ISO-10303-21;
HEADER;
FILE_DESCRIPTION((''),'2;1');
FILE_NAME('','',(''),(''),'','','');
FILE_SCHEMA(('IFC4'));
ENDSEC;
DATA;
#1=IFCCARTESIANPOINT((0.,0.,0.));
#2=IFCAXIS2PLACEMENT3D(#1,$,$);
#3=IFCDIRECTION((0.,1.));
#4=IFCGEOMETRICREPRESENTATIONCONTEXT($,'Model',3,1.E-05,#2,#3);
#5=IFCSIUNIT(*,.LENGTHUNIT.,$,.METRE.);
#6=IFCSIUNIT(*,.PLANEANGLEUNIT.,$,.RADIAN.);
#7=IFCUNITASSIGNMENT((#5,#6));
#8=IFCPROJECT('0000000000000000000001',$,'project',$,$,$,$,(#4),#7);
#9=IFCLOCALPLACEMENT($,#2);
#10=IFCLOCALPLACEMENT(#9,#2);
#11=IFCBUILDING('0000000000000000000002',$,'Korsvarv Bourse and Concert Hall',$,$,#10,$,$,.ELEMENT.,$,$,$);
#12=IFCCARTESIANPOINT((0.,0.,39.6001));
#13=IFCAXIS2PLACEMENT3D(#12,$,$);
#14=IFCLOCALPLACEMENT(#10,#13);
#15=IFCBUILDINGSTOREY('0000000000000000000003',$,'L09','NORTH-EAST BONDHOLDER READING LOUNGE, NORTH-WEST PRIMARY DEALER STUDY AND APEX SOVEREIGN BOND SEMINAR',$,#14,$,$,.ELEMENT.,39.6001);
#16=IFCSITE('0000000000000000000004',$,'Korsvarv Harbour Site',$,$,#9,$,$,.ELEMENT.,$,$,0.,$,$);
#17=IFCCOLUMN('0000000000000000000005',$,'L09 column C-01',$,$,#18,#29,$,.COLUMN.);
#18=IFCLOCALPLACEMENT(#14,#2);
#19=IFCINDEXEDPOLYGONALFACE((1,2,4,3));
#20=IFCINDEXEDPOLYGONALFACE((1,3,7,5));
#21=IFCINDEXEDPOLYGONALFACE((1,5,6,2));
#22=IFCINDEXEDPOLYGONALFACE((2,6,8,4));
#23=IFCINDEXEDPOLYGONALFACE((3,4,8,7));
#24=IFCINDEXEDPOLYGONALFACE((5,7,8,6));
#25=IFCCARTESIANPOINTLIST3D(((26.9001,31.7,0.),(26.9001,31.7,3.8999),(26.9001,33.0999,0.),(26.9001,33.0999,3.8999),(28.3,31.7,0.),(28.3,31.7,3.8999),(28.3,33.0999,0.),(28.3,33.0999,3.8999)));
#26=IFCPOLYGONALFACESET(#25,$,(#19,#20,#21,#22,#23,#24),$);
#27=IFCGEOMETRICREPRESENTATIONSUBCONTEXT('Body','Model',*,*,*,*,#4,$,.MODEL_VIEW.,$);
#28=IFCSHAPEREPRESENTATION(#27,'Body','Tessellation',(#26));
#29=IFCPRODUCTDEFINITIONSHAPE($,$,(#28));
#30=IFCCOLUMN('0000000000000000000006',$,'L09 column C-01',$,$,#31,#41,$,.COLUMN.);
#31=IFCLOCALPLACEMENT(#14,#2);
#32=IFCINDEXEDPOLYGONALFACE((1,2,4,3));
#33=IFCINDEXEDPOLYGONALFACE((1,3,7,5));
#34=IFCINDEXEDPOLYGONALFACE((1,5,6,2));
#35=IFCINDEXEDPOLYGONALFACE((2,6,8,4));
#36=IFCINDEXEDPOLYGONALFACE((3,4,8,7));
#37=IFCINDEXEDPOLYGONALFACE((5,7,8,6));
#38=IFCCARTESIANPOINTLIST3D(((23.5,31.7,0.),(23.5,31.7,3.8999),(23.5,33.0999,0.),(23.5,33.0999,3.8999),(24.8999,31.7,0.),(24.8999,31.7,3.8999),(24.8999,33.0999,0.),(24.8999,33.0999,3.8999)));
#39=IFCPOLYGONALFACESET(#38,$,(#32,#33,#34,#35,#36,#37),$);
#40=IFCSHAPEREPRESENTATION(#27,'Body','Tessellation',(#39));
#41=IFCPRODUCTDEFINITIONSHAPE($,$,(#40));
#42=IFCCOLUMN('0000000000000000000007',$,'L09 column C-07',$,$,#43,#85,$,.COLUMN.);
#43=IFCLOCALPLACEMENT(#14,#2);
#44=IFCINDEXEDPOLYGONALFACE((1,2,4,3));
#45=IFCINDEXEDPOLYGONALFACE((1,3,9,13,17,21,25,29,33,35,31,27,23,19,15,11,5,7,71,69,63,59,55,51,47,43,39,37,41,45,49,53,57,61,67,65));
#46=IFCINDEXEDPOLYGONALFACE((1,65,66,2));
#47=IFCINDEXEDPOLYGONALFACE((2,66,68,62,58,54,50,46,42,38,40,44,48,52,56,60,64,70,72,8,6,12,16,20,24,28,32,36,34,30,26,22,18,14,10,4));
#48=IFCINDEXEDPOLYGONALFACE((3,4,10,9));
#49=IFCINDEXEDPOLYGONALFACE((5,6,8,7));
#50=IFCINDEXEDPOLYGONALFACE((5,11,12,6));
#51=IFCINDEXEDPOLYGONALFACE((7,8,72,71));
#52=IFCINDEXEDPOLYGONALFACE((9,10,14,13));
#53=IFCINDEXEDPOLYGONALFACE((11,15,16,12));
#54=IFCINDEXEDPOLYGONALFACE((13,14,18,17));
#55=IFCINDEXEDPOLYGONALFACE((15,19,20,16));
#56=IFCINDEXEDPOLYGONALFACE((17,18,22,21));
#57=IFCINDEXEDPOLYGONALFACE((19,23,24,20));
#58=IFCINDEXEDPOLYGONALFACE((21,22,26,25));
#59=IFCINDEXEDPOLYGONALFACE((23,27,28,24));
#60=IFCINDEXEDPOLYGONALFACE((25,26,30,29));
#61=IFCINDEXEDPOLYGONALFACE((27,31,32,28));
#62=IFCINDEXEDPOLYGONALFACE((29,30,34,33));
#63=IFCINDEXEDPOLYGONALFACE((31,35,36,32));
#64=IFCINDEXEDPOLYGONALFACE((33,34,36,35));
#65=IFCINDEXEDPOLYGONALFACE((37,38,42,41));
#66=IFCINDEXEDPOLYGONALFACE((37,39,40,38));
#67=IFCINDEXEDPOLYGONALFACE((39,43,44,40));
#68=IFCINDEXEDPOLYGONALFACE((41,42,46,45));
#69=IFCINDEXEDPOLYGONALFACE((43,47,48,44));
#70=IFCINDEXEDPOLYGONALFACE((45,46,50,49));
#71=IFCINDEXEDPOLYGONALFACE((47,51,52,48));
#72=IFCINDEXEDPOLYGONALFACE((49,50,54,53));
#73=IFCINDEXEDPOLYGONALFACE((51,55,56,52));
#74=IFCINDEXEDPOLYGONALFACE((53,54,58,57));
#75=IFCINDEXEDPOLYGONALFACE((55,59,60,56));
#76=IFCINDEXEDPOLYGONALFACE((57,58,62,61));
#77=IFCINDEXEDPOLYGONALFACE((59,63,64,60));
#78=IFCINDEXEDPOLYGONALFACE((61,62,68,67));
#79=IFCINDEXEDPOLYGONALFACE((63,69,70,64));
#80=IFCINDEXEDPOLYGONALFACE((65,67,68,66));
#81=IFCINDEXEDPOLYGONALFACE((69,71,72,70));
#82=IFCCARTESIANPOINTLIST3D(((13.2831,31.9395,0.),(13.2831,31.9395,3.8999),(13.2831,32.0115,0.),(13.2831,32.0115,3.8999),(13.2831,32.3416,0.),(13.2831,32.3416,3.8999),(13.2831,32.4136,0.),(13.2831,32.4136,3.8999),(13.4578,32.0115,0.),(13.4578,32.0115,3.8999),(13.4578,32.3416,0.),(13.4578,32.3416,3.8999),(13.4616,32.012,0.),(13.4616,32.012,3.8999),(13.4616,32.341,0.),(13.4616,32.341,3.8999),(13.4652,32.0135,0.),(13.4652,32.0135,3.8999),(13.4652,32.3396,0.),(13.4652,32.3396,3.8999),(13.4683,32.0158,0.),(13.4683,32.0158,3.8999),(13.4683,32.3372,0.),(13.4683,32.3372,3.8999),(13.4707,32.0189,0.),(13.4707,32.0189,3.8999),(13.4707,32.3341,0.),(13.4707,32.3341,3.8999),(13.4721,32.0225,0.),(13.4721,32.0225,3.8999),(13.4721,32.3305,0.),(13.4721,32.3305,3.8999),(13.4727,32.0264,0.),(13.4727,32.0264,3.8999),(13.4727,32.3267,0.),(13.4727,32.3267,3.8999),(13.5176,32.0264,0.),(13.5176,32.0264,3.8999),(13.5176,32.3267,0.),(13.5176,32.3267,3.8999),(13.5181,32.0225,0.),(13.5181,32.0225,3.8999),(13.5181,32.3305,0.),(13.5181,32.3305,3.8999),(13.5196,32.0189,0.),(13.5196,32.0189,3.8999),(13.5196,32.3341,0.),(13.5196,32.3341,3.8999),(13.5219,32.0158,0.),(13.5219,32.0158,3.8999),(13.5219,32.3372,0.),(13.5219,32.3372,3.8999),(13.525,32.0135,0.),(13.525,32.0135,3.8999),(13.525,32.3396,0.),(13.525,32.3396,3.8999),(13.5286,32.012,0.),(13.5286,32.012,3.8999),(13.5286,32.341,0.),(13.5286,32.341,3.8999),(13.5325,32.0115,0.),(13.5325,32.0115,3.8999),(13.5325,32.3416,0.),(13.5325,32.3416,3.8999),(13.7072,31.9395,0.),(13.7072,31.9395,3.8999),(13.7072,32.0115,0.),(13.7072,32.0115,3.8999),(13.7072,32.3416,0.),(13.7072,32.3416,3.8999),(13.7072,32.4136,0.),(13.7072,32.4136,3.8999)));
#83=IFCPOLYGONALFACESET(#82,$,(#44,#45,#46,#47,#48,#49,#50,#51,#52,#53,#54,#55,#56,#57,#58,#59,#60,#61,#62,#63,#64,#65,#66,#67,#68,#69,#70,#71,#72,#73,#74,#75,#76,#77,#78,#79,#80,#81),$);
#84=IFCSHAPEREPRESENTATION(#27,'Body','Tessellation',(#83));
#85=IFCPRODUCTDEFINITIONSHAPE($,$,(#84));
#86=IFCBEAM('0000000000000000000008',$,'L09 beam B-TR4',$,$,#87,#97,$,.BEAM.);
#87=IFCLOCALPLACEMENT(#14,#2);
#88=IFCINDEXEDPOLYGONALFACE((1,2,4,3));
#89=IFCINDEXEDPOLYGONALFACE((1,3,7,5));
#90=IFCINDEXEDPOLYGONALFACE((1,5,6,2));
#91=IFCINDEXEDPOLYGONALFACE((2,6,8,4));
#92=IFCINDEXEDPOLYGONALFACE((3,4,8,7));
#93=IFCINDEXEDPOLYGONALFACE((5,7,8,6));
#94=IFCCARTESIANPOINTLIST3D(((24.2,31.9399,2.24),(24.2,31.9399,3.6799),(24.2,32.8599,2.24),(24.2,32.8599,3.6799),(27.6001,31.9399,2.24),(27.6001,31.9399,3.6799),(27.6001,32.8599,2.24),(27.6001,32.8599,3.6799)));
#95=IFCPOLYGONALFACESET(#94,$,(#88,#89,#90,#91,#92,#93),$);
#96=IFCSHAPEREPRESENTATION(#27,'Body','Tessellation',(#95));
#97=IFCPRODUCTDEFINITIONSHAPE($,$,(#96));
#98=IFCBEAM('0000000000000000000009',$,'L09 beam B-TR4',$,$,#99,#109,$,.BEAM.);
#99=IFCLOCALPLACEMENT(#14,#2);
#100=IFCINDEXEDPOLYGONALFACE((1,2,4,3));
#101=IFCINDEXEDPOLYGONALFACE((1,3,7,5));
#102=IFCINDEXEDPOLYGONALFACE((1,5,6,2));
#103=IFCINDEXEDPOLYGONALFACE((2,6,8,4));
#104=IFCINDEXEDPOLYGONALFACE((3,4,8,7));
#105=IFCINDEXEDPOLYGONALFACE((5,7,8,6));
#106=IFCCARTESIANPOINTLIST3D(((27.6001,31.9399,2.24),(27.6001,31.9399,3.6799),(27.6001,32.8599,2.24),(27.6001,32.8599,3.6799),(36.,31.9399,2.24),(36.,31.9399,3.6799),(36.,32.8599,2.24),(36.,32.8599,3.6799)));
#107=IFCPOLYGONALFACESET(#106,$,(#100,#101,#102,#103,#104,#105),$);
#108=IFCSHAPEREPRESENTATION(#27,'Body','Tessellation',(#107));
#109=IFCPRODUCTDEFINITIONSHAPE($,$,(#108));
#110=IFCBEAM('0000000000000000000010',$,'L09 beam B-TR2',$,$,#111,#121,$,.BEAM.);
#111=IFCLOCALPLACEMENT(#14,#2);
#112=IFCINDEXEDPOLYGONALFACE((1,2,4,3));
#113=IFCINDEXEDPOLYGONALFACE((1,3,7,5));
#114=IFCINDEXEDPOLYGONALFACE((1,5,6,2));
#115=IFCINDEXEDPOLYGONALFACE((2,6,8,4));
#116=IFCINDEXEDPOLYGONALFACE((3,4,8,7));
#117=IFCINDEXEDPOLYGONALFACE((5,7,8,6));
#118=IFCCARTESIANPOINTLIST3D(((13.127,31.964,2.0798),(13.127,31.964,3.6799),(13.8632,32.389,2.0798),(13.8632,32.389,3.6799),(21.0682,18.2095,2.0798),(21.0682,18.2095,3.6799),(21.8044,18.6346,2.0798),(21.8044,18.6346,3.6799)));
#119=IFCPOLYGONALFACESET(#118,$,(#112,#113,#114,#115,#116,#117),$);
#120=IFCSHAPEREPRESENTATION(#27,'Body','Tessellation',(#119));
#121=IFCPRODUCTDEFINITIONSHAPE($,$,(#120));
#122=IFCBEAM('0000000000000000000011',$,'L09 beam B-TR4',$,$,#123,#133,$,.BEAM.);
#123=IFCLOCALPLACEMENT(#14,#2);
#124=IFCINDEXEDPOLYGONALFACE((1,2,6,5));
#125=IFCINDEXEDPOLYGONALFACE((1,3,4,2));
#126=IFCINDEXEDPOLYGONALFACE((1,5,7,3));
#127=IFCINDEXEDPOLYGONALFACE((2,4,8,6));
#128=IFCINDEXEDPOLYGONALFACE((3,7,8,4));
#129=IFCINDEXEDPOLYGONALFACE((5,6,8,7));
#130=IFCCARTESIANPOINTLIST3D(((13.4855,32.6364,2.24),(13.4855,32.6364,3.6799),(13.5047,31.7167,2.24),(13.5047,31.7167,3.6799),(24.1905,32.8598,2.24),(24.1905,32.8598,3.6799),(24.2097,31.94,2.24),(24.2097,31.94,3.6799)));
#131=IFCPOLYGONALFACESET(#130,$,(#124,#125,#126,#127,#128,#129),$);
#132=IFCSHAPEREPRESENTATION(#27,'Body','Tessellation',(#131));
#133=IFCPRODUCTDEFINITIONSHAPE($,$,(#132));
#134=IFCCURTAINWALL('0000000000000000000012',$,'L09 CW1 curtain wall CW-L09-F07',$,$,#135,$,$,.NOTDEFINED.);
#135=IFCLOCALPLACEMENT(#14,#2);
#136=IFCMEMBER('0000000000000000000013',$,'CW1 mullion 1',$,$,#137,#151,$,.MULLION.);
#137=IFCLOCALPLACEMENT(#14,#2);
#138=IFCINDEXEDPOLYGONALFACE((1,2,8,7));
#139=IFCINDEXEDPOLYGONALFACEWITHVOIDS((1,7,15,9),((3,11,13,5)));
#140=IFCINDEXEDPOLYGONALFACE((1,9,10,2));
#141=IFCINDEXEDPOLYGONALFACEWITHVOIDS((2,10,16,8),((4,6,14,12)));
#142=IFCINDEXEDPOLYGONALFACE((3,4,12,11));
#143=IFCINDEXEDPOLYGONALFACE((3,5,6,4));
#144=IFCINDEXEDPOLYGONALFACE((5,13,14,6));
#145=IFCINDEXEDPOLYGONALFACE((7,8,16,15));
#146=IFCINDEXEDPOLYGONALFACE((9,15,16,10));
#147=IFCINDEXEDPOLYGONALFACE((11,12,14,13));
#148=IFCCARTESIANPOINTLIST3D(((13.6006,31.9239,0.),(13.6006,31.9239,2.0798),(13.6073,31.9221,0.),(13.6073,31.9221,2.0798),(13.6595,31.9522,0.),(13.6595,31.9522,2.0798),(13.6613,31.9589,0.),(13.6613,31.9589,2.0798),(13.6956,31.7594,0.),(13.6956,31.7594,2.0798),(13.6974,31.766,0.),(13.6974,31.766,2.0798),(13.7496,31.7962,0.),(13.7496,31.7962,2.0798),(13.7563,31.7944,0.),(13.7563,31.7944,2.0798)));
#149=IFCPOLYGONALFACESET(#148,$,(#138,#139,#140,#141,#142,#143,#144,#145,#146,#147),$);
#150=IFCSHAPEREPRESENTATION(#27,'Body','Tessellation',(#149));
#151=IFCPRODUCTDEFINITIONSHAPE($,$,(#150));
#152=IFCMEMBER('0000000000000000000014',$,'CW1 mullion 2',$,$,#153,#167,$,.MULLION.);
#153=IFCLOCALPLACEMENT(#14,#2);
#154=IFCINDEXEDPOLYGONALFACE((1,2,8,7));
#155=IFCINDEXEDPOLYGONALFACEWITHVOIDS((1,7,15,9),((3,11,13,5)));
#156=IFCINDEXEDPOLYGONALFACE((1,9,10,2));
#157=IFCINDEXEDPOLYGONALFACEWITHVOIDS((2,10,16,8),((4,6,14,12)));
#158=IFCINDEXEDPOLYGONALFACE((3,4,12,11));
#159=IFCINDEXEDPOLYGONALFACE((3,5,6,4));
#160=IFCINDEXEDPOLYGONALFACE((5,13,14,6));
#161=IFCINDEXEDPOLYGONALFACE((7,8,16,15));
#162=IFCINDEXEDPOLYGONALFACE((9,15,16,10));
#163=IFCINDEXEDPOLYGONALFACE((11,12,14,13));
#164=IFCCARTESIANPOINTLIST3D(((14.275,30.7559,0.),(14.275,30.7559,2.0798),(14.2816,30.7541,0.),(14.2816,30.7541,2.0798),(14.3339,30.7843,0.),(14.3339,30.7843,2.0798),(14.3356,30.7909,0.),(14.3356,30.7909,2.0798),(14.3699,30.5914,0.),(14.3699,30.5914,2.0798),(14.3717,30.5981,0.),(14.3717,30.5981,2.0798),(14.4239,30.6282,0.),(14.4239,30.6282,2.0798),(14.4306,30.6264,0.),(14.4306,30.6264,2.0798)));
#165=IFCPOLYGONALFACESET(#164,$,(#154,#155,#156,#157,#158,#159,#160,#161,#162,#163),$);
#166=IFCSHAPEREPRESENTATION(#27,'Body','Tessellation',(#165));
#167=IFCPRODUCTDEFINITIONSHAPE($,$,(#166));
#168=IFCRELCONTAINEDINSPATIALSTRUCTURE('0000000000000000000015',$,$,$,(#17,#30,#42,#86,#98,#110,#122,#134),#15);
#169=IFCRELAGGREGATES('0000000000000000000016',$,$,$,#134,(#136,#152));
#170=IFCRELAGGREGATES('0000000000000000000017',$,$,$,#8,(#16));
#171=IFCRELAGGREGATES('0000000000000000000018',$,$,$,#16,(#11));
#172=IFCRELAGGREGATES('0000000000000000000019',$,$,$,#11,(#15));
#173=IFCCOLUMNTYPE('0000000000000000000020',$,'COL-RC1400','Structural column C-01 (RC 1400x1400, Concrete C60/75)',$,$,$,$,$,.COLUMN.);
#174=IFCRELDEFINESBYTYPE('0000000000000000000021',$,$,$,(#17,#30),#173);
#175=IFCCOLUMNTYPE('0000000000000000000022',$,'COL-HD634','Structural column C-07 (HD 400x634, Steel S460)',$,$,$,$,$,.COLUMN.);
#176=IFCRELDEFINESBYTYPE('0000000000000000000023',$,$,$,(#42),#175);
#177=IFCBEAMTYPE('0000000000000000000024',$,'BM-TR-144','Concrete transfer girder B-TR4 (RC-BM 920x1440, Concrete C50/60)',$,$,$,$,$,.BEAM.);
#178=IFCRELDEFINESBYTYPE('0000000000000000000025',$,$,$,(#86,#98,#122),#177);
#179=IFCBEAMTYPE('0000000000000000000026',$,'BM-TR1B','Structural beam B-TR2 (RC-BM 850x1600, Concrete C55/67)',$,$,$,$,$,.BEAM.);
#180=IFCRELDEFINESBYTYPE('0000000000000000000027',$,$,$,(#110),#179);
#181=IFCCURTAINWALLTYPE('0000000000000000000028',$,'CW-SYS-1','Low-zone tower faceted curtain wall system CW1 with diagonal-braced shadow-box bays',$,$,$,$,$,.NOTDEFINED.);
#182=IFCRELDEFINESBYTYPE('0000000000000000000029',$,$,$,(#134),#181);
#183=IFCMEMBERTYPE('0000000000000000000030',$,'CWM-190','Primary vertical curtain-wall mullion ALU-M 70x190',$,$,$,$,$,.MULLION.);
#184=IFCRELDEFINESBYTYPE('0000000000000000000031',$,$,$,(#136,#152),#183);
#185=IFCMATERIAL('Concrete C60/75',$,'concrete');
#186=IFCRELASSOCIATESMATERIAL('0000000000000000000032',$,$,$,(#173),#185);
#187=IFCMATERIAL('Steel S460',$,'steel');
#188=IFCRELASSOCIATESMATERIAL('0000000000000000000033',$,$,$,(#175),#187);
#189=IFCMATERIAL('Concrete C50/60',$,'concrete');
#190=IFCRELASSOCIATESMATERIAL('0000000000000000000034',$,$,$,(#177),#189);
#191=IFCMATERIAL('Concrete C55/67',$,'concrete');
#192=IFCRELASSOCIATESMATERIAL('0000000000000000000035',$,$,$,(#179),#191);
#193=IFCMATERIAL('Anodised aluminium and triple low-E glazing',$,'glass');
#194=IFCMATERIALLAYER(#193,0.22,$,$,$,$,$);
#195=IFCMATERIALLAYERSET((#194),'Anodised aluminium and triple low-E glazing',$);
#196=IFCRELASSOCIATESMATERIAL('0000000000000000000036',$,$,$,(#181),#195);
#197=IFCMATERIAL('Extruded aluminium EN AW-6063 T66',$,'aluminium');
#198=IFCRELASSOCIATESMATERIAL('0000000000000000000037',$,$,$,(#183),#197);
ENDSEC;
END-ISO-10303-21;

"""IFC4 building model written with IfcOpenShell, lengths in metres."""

from ifc_helpers import new_model, si_unit, direction, frame, origin, origin_2d, place, context, subcontext, project, spatial, rectangle, hollow_rectangle, i_section, extrude, source, transform, mapped, material, layer, layer_set, material_profile, profile_set, type_object, element, aggregate, save


model = new_model("IFC4")

# Units and contexts
model_context = context("Model", 3, precision=1e-05, world=origin(), true_north=direction((0.0, 1.0)))
body_context = subcontext(model_context, "Body", "Model", "MODEL_VIEW")
ifc_project = project(units=[si_unit("LENGTHUNIT", "METRE"), si_unit("PLANEANGLEUNIT", "RADIAN")], contexts=[model_context])

# Site, building, storey
site_placement = place(None, origin())
site = spatial("IfcSite", under=ifc_project, at=site_placement, Name="Korsvarv Harbour Site", CompositionType="ELEMENT", RefElevation=0.0)
building_placement = place(site_placement, origin())
building = spatial("IfcBuilding", under=site, at=building_placement, Name="Korsvarv Bourse and Concert Hall", CompositionType="ELEMENT")
storey_placement = place(building_placement, frame((0.0, 0.0, 39.6001)))
storey = spatial("IfcBuildingStorey", under=building, at=storey_placement, Name="L09", Description="NORTH-EAST BONDHOLDER READING LOUNGE, NORTH-WEST PRIMARY DEALER STUDY AND APEX SOVEREIGN BOND SEMINAR", CompositionType="ELEMENT", Elevation=39.6001)

# Columns
ifc_material_1 = material(Name="Concrete C60/75", Category="concrete")
ifc_material_profile_1 = material_profile(ifc_material_1, rectangle(XDim=1.3999, YDim=1.3999, at=origin_2d()), Name="RC 1400x1400")
ifc_profile_set_1 = profile_set([ifc_material_profile_1], Name="Concrete C60/75")
column_type_1 = type_object("IfcColumnType", Name="COL-RC1400", Description="Structural column C-01 (RC 1400x1400, Concrete C60/75)", PredefinedType="COLUMN", material=ifc_profile_set_1)
shared_shape_1 = source(origin(), body_context, "Body", "SweptSolid", [
    extrude(rectangle(XDim=1.3999, YDim=1.3999, at=origin_2d()), origin(), (0.0, 0.0, 1.0), 3.8999),
])
for number, where, z_axis, x_axis, name in (
    (1, (27.6001, 32.3999, 0.0), (0.0, 0.0, 1.0), (1.0, 0.0, 0.0), "L09 column C-01"),
    (2, (24.2, 32.3999, 0.0), (0.0, 0.0, 1.0), (1.0, 0.0, 0.0), "L09 column C-01"),
):
    element("IfcColumn", number, at=place(storey_placement, frame(where, z_axis=z_axis, x_axis=x_axis)), inside=storey, type_object=column_type_1, Name=name, PredefinedType="COLUMN", context=body_context, shape_type="MappedRepresentation", body=[
        mapped(shared_shape_1, transform((0.0, 0.0, 0.0), scale=1.0)),
    ])
ifc_material_2 = material(Name="Steel S460", Category="steel")
ifc_material_profile_2 = material_profile(ifc_material_2, i_section(OverallWidth=0.4241, OverallDepth=0.4741, WebThickness=0.0449, FlangeThickness=0.072, FilletRadius=0.0149, at=origin_2d()), Name="HD 400x634")
ifc_profile_set_2 = profile_set([ifc_material_profile_2], Name="Steel S460")
column_type_2 = type_object("IfcColumnType", Name="COL-HD634", Description="Structural column C-07 (HD 400x634, Steel S460)", PredefinedType="COLUMN", material=ifc_profile_set_2)
shared_shape_2 = source(origin(), body_context, "Body", "SweptSolid", [
    extrude(i_section(OverallWidth=0.4241, OverallDepth=0.4741, WebThickness=0.0449, FlangeThickness=0.072, FilletRadius=0.0149, at=origin_2d()), origin(), (0.0, 0.0, 1.0), 3.8999),
])
column_placement = place(storey_placement, frame((13.4951, 32.1765, 0.0), z_axis=(0.0, 0.0, 1.0), x_axis=(1.0, 0.0, 0.0)))
element("IfcColumn", 3, at=column_placement, inside=storey, type_object=column_type_2, Name="L09 column C-07", PredefinedType="COLUMN", context=body_context, shape_type="MappedRepresentation", body=[
    mapped(shared_shape_2, transform((0.0, 0.0, 0.0), scale=1.0)),
])

# Beams
ifc_material_3 = material(Name="Concrete C50/60", Category="concrete")
ifc_material_profile_3 = material_profile(ifc_material_3, rectangle(XDim=0.9199, YDim=1.4399, at=origin_2d()), Name="RC-BM 920x1440")
ifc_profile_set_3 = profile_set([ifc_material_profile_3], Name="Concrete C50/60")
beam_type_1 = type_object("IfcBeamType", Name="BM-TR-144", Description="Concrete transfer girder B-TR4 (RC-BM 920x1440, Concrete C50/60)", PredefinedType="BEAM", material=ifc_profile_set_3)
shared_shape_3 = source(origin(), body_context, "Body", "SweptSolid", [
    extrude(rectangle(XDim=0.9199, YDim=1.4399, at=origin_2d()), origin(), (0.0, 0.0, 1.0), 3.4001),
])
beam_1_placement = place(storey_placement, frame((24.2, 32.3999, 2.96), z_axis=(1.0, 0.0, 0.0), x_axis=(0.0, 1.0, 0.0)))
element("IfcBeam", 4, at=beam_1_placement, inside=storey, type_object=beam_type_1, Name="L09 beam B-TR4", PredefinedType="BEAM", context=body_context, shape_type="MappedRepresentation", body=[
    mapped(shared_shape_3, transform((0.0, 0.0, 0.0), scale=1.0)),
])
shared_shape_4 = source(origin(), body_context, "Body", "SweptSolid", [
    extrude(rectangle(XDim=0.9199, YDim=1.4399, at=origin_2d()), origin(), (0.0, 0.0, 1.0), 8.3999),
])
beam_2_placement = place(storey_placement, frame((27.6001, 32.3999, 2.96), z_axis=(1.0, 0.0, 0.0), x_axis=(0.0, 1.0, 0.0)))
element("IfcBeam", 5, at=beam_2_placement, inside=storey, type_object=beam_type_1, Name="L09 beam B-TR4", PredefinedType="BEAM", context=body_context, shape_type="MappedRepresentation", body=[
    mapped(shared_shape_4, transform((0.0, 0.0, 0.0), scale=1.0)),
])
ifc_material_4 = material(Name="Concrete C55/67", Category="concrete")
ifc_material_profile_4 = material_profile(ifc_material_4, rectangle(XDim=0.8501, YDim=1.6001, at=origin_2d()), Name="RC-BM 850x1600")
ifc_profile_set_4 = profile_set([ifc_material_profile_4], Name="Concrete C55/67")
beam_type_2 = type_object("IfcBeamType", Name="BM-TR1B", Description="Structural beam B-TR2 (RC-BM 850x1600, Concrete C55/67)", PredefinedType="BEAM", material=ifc_profile_set_4)
shared_shape_5 = source(origin(), body_context, "Body", "SweptSolid", [
    extrude(rectangle(XDim=0.8501, YDim=1.6001, at=origin_2d()), origin(), (0.0, 0.0, 1.0), 15.8823),
])
beam_3_placement = place(storey_placement, frame((13.4951, 32.1765, 2.8799), z_axis=(0.500003, -0.866024, 0.0), x_axis=(0.866024, 0.500003, 0.0)))
element("IfcBeam", 6, at=beam_3_placement, inside=storey, type_object=beam_type_2, Name="L09 beam B-TR2", PredefinedType="BEAM", context=body_context, shape_type="MappedRepresentation", body=[
    mapped(shared_shape_5, transform((0.0, 0.0, 0.0), scale=1.0)),
])
shared_shape_6 = source(origin(), body_context, "Body", "SweptSolid", [
    extrude(rectangle(XDim=0.9199, YDim=1.4399, at=origin_2d()), origin(), (0.0, 0.0, 1.0), 10.7073),
])
beam_4_placement = place(storey_placement, frame((13.4951, 32.1765, 2.96), z_axis=(0.999782, 0.020863, 0.0), x_axis=(-0.020863, 0.999782, 0.0)))
element("IfcBeam", 7, at=beam_4_placement, inside=storey, type_object=beam_type_1, Name="L09 beam B-TR4", PredefinedType="BEAM", context=body_context, shape_type="MappedRepresentation", body=[
    mapped(shared_shape_6, transform((0.0, 0.0, 0.0), scale=1.0)),
])

# Curtain wall, members
ifc_material_5 = material(Name="Anodised aluminium and triple low-E glazing", Category="glass")
ifc_layer_1 = layer(ifc_material_5, 0.22)
ifc_layer_set_1 = layer_set([ifc_layer_1], Name="Anodised aluminium and triple low-E glazing")
curtain_wall_type = type_object("IfcCurtainWallType", Name="CW-SYS-1", Description="Low-zone tower faceted curtain wall system CW1 with diagonal-braced shadow-box bays", PredefinedType="NOTDEFINED", material=ifc_layer_set_1)
curtain_wall_placement = place(storey_placement, origin())
curtain_wall = element("IfcCurtainWall", 8, at=curtain_wall_placement, inside=storey, type_object=curtain_wall_type, Name="L09 CW1 curtain wall CW-L09-F07", PredefinedType="NOTDEFINED")
ifc_material_6 = material(Name="Extruded aluminium EN AW-6063 T66", Category="aluminium")
ifc_material_profile_5 = material_profile(ifc_material_6, hollow_rectangle(XDim=0.0701, YDim=0.1899, WallThickness=0.0049, at=origin_2d()), Name="ALU-M 70x190")
ifc_profile_set_5 = profile_set([ifc_material_profile_5], Name="Extruded aluminium EN AW-6063 T66")
member_type_1 = type_object("IfcMemberType", Name="CWM-190", Description="Primary vertical curtain-wall mullion ALU-M 70x190", PredefinedType="MULLION", material=ifc_profile_set_5)
shared_shape_7 = source(origin(), body_context, "Body", "SweptSolid", [
    extrude(hollow_rectangle(XDim=0.0701, YDim=0.1899, WallThickness=0.0049, at=origin_2d()), origin(), (0.0, 0.0, 1.0), 2.0798),
])
member_1_placement = place(storey_placement, frame((13.6785, 31.8591, 0.0), z_axis=(0.0, 0.0, 1.0), x_axis=(0.866026, 0.5, 0.0)))
member_1 = element("IfcMember", 9, at=member_1_placement, type_object=member_type_1, Name="CW1 mullion 1", PredefinedType="MULLION", context=body_context, shape_type="MappedRepresentation", body=[
    mapped(shared_shape_7, transform((0.0, 0.0, 0.0), scale=1.0)),
])
member_2_placement = place(storey_placement, frame((14.3528, 30.6912, 0.0), z_axis=(0.0, 0.0, 1.0), x_axis=(0.866026, 0.5, 0.0)))
member_2 = element("IfcMember", 10, at=member_2_placement, type_object=member_type_1, Name="CW1 mullion 2", PredefinedType="MULLION", context=body_context, shape_type="MappedRepresentation", body=[
    mapped(shared_shape_7, transform((0.0, 0.0, 0.0), scale=1.0)),
])
aggregate(curtain_wall, [member_1, member_2])

save(model, "model.ifc")
